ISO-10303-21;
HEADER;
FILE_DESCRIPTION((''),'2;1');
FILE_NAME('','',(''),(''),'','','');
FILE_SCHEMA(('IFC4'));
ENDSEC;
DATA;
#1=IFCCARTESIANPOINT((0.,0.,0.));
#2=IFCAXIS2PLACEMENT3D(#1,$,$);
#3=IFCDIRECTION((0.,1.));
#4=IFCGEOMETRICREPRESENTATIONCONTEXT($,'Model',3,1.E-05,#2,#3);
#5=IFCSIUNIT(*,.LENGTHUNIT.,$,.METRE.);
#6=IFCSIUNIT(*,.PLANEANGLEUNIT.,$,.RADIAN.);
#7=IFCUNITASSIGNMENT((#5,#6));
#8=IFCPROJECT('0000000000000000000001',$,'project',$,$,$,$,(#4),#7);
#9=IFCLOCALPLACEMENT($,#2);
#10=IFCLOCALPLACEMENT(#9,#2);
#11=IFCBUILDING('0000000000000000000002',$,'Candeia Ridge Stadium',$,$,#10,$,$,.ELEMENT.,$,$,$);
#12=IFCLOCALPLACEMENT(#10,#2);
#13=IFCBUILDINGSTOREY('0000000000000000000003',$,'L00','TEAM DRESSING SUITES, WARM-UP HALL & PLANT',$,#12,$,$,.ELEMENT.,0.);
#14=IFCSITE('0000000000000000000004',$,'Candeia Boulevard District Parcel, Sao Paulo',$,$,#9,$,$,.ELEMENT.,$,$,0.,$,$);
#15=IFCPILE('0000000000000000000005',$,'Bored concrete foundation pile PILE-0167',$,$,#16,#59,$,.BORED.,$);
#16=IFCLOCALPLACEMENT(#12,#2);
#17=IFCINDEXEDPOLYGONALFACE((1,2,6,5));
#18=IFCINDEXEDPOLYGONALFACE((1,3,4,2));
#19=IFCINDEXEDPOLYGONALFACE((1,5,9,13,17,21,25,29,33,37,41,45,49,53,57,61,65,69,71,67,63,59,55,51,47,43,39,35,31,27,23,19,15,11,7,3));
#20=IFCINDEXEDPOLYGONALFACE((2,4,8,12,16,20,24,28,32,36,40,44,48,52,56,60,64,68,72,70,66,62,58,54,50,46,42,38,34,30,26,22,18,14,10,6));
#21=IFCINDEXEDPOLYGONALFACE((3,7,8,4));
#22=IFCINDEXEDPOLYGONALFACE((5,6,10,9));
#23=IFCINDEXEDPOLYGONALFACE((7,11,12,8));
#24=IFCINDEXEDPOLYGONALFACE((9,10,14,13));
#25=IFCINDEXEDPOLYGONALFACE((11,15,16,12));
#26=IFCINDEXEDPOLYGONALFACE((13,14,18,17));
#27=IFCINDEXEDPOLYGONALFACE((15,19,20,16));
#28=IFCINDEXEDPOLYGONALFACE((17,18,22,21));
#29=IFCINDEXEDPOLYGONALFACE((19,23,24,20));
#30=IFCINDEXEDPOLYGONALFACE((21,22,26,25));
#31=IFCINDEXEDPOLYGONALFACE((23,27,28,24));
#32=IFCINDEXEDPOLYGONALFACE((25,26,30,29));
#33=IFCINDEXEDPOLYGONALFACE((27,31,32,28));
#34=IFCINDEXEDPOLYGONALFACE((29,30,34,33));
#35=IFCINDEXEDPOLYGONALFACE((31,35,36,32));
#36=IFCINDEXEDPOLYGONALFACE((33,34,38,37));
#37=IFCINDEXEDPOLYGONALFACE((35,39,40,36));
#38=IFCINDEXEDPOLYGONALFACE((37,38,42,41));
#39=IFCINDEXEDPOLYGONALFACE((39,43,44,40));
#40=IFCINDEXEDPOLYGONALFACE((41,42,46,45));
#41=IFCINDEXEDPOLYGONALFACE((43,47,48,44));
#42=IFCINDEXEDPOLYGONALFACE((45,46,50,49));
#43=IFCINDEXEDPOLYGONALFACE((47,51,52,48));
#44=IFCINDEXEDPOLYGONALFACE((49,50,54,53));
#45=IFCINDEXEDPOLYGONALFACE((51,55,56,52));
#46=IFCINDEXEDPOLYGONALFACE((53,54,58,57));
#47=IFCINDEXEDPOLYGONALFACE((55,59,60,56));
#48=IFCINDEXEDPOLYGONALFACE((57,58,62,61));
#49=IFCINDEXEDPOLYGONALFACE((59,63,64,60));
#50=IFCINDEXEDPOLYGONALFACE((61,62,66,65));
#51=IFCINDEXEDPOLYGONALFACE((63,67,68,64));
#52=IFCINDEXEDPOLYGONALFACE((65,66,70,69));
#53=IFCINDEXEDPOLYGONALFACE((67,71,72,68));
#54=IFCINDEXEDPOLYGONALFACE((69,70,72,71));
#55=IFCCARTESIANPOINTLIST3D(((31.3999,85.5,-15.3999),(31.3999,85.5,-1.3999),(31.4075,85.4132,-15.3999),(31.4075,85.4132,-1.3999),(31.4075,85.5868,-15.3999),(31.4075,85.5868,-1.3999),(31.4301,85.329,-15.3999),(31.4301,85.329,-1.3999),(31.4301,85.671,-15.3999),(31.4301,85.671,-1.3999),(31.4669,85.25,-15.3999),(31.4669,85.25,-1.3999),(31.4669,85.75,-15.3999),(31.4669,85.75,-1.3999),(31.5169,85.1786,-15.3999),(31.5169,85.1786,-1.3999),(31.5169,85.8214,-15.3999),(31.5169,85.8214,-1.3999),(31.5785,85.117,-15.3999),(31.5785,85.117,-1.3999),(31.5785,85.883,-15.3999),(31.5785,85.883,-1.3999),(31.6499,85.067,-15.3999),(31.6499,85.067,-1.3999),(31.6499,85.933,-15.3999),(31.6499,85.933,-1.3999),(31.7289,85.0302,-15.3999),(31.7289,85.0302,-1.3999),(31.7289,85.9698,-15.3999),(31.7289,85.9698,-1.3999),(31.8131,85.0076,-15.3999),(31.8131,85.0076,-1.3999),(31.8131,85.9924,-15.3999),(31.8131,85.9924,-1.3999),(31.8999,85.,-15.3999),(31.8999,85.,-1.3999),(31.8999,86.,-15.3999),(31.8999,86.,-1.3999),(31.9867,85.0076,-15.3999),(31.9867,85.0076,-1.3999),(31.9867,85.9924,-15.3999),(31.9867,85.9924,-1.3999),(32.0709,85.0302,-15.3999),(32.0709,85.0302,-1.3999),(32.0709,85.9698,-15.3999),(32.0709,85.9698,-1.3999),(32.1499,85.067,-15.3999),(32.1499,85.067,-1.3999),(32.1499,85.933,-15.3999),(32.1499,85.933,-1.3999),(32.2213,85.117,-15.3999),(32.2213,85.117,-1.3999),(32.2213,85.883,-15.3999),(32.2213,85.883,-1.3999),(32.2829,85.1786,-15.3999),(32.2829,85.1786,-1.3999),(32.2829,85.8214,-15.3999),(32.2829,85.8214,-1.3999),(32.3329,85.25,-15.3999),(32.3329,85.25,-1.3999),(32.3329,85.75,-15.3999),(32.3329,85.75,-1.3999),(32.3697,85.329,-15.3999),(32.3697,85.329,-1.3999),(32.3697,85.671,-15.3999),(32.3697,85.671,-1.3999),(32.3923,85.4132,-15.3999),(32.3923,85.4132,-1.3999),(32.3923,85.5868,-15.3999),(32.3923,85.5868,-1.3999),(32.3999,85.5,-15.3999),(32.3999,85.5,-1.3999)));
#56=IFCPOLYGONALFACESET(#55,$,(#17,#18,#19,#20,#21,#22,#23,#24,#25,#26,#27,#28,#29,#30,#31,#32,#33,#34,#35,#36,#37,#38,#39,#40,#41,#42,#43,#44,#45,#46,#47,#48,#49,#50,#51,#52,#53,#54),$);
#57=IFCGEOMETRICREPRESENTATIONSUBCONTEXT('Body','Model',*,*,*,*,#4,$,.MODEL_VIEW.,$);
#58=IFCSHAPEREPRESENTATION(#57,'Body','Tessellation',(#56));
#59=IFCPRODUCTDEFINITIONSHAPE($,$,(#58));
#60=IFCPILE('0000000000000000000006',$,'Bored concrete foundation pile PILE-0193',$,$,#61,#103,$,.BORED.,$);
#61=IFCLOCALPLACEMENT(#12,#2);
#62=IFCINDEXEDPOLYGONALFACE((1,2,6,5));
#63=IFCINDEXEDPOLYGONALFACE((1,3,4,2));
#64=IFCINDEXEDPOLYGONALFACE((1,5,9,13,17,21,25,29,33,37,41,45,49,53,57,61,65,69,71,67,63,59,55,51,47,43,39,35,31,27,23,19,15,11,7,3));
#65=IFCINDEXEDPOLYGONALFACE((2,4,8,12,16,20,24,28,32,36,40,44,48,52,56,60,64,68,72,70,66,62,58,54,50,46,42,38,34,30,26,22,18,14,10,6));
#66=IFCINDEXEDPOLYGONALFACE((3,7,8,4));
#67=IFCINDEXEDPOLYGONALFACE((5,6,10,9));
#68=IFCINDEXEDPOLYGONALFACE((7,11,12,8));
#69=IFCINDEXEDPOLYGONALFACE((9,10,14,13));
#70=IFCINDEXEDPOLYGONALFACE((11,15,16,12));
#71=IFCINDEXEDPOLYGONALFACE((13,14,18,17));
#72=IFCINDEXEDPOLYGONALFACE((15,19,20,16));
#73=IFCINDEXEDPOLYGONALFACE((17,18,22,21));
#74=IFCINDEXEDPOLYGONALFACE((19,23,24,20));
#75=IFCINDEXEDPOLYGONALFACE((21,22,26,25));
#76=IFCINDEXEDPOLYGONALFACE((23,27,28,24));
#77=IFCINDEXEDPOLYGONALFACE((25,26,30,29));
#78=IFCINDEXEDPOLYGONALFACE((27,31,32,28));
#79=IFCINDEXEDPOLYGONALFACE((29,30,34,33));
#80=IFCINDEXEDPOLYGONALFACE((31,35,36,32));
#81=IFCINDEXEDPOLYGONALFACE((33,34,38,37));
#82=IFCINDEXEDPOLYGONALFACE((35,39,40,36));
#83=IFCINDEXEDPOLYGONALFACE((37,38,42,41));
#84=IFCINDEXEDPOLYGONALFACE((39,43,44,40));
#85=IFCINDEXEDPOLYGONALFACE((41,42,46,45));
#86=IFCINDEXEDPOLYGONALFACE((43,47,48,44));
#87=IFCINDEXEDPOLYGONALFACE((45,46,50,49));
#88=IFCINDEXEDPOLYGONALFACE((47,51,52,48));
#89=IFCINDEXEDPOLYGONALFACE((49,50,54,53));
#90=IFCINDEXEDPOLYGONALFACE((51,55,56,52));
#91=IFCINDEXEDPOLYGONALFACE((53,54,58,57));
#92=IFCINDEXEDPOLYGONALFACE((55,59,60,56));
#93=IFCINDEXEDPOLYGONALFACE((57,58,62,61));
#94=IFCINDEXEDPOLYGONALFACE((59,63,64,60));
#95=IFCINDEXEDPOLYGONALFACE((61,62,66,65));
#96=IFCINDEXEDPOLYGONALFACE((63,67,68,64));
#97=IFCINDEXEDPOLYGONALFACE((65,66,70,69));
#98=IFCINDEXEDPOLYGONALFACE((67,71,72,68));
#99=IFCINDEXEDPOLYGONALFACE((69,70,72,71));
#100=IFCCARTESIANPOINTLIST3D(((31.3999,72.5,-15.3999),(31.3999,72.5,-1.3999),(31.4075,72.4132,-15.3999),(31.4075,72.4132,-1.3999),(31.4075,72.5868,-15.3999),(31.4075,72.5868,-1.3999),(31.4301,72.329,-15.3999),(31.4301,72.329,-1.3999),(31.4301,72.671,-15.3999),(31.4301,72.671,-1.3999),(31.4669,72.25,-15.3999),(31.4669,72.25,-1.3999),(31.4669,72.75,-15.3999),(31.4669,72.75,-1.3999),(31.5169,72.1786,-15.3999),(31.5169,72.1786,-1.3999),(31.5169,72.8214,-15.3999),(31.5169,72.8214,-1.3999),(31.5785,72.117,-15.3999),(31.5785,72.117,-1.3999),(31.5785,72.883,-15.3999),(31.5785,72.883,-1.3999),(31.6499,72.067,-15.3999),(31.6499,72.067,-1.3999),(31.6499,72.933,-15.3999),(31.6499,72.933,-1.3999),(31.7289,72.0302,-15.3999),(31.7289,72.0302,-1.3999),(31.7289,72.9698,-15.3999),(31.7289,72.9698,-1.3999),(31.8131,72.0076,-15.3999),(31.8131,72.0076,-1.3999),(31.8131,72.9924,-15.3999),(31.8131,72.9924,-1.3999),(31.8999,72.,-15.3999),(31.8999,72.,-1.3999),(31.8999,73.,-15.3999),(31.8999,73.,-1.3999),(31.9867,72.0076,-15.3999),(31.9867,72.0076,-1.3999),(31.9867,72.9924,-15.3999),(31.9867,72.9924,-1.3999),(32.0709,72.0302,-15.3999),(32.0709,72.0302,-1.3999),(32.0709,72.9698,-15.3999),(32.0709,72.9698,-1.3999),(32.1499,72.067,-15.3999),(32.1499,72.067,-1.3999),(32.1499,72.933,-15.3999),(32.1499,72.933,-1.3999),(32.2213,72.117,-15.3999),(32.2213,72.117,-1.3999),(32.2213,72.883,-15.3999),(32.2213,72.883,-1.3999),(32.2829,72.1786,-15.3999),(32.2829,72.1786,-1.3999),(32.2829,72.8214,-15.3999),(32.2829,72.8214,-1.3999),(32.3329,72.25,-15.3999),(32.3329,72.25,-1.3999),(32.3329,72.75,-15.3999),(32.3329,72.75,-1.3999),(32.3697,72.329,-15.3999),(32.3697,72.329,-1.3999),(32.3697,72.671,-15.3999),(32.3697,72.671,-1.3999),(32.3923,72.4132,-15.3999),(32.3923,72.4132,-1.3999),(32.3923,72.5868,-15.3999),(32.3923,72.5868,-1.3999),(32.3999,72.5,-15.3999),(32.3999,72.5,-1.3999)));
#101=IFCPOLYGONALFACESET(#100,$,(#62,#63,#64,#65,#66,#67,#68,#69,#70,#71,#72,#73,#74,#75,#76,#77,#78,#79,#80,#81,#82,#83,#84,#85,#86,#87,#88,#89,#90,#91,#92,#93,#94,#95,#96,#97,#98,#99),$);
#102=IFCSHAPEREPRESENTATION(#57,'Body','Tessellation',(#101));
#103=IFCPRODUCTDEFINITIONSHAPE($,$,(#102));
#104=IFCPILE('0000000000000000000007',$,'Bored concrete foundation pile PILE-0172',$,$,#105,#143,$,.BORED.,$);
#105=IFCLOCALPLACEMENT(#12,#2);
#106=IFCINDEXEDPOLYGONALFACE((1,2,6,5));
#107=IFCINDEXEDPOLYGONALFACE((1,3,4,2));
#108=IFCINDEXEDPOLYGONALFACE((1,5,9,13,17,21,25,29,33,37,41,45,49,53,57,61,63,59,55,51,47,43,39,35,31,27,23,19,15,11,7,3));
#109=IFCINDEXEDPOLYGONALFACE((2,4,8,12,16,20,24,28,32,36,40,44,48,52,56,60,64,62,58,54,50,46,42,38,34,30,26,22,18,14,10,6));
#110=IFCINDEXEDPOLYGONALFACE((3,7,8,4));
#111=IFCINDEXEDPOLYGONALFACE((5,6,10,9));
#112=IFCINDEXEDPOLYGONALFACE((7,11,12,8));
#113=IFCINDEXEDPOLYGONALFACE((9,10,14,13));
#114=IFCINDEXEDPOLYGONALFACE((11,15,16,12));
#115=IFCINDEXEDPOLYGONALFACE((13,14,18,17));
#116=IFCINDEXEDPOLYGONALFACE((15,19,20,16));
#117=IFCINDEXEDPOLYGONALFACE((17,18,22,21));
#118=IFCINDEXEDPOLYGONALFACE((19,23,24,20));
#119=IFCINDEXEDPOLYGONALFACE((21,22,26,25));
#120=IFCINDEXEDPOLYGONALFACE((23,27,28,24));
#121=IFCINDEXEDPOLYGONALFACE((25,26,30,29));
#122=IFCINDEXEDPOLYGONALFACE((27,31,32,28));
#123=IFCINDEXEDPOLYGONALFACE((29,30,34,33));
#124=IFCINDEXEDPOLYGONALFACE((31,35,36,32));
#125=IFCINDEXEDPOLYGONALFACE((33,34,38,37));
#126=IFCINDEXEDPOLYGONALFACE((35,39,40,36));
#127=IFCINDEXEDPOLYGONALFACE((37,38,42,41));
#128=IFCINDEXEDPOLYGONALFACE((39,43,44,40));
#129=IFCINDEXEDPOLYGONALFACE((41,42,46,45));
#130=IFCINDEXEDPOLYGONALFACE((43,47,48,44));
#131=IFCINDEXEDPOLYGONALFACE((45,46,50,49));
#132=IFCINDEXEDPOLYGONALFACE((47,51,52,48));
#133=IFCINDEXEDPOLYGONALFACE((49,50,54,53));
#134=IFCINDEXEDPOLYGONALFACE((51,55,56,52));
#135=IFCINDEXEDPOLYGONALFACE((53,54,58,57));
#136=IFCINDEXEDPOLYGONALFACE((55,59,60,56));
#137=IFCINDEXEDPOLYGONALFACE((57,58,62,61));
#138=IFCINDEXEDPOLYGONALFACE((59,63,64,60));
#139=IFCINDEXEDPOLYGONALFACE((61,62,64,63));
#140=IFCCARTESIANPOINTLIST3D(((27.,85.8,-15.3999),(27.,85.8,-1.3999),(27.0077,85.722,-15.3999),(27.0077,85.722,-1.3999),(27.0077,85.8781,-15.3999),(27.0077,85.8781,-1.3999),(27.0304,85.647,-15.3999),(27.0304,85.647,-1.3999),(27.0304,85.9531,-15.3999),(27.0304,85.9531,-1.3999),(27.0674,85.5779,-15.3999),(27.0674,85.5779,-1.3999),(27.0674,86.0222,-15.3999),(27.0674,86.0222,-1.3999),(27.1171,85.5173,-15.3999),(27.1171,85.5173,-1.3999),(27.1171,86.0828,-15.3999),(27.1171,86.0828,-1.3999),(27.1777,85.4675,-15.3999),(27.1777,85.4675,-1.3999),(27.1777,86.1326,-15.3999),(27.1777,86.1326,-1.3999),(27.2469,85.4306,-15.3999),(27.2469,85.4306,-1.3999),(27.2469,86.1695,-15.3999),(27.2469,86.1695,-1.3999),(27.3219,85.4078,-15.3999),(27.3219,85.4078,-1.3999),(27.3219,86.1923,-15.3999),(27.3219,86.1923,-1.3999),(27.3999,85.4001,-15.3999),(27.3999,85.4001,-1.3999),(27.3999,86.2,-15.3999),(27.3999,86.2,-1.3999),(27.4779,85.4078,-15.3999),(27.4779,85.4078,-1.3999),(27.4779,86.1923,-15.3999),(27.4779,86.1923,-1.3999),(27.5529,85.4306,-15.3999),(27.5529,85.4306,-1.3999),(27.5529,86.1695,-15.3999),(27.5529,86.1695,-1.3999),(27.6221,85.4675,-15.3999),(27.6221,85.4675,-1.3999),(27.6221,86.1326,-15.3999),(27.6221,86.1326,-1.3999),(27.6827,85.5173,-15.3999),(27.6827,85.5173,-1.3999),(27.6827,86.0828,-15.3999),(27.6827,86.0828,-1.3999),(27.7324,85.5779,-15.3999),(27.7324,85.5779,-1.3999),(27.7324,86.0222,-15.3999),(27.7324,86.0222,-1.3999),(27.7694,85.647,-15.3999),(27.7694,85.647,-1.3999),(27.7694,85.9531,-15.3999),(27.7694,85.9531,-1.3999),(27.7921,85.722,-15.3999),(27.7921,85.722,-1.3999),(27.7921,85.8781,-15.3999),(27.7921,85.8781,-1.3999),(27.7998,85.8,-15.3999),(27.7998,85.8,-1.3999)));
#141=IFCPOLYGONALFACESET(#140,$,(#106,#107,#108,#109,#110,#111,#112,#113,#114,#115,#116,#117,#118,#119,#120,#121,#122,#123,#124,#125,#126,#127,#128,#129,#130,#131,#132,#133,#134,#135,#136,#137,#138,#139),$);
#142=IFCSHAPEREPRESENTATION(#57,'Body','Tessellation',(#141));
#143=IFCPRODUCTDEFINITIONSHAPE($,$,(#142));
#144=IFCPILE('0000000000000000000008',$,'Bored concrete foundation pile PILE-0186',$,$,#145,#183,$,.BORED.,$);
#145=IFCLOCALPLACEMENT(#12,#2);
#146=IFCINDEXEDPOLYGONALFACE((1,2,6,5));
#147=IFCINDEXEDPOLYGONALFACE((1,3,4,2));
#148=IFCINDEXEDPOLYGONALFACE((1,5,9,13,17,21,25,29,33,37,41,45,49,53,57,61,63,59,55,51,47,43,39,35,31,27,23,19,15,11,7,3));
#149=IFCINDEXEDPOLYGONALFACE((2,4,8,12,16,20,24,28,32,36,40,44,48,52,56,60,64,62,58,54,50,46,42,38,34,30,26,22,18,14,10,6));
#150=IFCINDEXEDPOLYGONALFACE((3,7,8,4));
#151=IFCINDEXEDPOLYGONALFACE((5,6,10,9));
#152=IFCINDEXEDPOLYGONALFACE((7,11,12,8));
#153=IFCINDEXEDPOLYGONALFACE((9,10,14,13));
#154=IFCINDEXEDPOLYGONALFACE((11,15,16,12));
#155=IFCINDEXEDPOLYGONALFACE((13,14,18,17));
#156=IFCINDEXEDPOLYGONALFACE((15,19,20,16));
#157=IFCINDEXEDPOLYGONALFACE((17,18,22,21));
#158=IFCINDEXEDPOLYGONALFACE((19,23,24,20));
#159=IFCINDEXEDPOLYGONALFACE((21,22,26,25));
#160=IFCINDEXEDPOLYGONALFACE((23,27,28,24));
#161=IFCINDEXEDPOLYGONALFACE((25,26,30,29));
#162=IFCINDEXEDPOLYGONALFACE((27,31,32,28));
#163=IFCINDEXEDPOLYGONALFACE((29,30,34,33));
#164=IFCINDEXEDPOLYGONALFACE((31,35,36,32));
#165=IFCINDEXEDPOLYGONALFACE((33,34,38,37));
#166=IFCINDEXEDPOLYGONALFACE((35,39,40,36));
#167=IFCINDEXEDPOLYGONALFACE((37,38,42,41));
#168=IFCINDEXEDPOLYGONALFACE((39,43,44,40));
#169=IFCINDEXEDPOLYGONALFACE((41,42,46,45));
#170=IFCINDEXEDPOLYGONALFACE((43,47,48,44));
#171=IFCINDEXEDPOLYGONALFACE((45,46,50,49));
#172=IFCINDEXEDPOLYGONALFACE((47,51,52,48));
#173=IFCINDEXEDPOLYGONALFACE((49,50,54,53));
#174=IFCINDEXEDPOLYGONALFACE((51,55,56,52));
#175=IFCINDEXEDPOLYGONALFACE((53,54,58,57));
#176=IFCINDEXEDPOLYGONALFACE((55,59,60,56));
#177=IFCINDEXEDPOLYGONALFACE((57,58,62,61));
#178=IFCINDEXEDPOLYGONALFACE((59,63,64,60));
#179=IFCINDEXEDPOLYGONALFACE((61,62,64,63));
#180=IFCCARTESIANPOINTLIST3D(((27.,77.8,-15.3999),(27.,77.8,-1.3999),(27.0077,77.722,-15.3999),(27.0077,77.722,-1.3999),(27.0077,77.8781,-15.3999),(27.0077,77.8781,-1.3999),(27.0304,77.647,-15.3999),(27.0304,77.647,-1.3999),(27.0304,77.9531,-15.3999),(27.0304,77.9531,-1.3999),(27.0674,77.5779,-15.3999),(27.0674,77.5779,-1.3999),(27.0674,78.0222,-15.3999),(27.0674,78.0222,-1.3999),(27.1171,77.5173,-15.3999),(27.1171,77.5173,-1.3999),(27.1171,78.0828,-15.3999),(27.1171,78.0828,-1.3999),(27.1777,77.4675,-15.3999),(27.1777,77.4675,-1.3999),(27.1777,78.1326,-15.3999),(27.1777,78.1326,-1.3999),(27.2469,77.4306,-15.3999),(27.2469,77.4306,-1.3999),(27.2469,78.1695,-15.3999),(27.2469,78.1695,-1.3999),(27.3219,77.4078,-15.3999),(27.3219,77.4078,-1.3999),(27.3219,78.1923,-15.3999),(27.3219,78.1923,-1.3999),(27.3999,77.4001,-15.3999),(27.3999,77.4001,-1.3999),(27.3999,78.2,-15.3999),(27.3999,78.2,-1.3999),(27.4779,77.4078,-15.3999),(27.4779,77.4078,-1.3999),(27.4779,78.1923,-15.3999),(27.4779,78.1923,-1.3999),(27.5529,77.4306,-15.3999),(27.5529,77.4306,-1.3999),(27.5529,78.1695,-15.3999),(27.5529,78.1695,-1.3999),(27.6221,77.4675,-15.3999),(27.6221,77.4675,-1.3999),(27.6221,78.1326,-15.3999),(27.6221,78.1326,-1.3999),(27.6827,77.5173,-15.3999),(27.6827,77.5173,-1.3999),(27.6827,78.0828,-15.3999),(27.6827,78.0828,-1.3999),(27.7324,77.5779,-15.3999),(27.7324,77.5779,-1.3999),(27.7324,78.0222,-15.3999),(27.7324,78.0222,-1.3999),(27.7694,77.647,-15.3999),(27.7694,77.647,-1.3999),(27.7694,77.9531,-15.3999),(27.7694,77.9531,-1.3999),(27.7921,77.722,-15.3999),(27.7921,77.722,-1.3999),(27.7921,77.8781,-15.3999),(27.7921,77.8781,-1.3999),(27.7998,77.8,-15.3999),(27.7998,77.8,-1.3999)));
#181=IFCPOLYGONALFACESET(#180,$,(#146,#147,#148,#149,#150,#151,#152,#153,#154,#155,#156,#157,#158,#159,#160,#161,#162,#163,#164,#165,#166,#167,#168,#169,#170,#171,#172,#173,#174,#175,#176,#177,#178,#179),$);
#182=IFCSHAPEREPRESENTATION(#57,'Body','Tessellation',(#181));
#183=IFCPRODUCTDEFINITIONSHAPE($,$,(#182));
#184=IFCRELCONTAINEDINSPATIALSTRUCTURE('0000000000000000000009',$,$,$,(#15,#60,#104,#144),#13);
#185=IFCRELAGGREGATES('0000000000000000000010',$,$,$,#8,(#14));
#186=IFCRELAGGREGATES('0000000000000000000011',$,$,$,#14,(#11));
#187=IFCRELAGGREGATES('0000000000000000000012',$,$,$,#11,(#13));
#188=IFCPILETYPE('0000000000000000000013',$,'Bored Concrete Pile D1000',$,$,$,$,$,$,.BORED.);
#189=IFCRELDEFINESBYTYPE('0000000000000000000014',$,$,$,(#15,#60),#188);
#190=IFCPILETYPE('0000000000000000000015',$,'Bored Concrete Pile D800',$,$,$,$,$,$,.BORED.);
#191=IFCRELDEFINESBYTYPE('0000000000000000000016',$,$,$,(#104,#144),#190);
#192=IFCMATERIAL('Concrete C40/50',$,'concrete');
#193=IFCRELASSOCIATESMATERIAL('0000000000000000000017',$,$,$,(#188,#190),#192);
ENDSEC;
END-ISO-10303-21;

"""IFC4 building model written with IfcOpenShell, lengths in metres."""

from ifc_helpers import new_model, si_unit, direction, frame, origin, origin_2d, place, context, subcontext, project, spatial, circle, extrude, material, material_profile, profile_set, type_object, element, save


model = new_model("IFC4")

# Units and contexts
model_context = context("Model", 3, precision=1e-05, world=origin(), true_north=direction((0.0, 1.0)))
body_context = subcontext(model_context, "Body", "Model", "MODEL_VIEW")
ifc_project = project(units=[si_unit("LENGTHUNIT", "METRE"), si_unit("PLANEANGLEUNIT", "RADIAN")], contexts=[model_context])

# Site, building, storey
site_placement = place(None, origin())
site = spatial("IfcSite", under=ifc_project, at=site_placement, Name="Candeia Boulevard District Parcel, Sao Paulo", CompositionType="ELEMENT", RefElevation=0.0)
building_placement = place(site_placement, origin())
building = spatial("IfcBuilding", under=site, at=building_placement, Name="Candeia Ridge Stadium", CompositionType="ELEMENT")
storey_placement = place(building_placement, origin())
storey = spatial("IfcBuildingStorey", under=building, at=storey_placement, Name="L00", Description="TEAM DRESSING SUITES, WARM-UP HALL & PLANT", CompositionType="ELEMENT", Elevation=0.0)

# Piles
ifc_material_1 = material(Name="Concrete C40/50", Category="concrete")
ifc_material_profile_1 = material_profile(ifc_material_1, circle(Radius=0.5, at=origin_2d()), Name="PILE-D1000", Category="concrete")
ifc_profile_set_1 = profile_set([ifc_material_profile_1], Name="Concrete C40/50")
pile_type_1 = type_object("IfcPileType", Name="Bored Concrete Pile D1000", PredefinedType="BORED", material=ifc_profile_set_1)
for number, where, z_axis, x_axis, name in (
    (1, (31.8999, 85.5, -1.3999), (0.0, 0.0, -1.0), (1.0, 0.0, 0.0), "Bored concrete foundation pile PILE-0167"),
    (2, (31.8999, 72.5, -1.3999), (0.0, 0.0, -1.0), (1.0, 0.0, 0.0), "Bored concrete foundation pile PILE-0193"),
):
    element("IfcPile", number, at=place(storey_placement, frame(where, z_axis=z_axis, x_axis=x_axis)), inside=storey, type_object=pile_type_1, Name=name, PredefinedType="BORED", context=body_context, shape_type="SweptSolid", body=[
        extrude(circle(Radius=0.5, at=origin_2d()), origin(), (0.0, 0.0, 1.0), 14.0),
    ])
ifc_material_profile_2 = material_profile(ifc_material_1, circle(Radius=0.3999, at=origin_2d()), Name="PILE-D800", Category="concrete")
ifc_profile_set_2 = profile_set([ifc_material_profile_2], Name="Concrete C40/50")
pile_type_2 = type_object("IfcPileType", Name="Bored Concrete Pile D800", PredefinedType="BORED", material=ifc_profile_set_2)
for number, where, z_axis, x_axis, name in (
    (3, (27.3999, 85.8, -1.3999), (0.0, 0.0, -1.0), (1.0, 0.0, 0.0), "Bored concrete foundation pile PILE-0172"),
    (4, (27.3999, 77.8, -1.3999), (0.0, 0.0, -1.0), (1.0, 0.0, 0.0), "Bored concrete foundation pile PILE-0186"),
):
    element("IfcPile", number, at=place(storey_placement, frame(where, z_axis=z_axis, x_axis=x_axis)), inside=storey, type_object=pile_type_2, Name=name, PredefinedType="BORED", context=body_context, shape_type="SweptSolid", body=[
        extrude(circle(Radius=0.3999, at=origin_2d()), origin(), (0.0, 0.0, 1.0), 14.0),
    ])

save(model, "model.ifc")
